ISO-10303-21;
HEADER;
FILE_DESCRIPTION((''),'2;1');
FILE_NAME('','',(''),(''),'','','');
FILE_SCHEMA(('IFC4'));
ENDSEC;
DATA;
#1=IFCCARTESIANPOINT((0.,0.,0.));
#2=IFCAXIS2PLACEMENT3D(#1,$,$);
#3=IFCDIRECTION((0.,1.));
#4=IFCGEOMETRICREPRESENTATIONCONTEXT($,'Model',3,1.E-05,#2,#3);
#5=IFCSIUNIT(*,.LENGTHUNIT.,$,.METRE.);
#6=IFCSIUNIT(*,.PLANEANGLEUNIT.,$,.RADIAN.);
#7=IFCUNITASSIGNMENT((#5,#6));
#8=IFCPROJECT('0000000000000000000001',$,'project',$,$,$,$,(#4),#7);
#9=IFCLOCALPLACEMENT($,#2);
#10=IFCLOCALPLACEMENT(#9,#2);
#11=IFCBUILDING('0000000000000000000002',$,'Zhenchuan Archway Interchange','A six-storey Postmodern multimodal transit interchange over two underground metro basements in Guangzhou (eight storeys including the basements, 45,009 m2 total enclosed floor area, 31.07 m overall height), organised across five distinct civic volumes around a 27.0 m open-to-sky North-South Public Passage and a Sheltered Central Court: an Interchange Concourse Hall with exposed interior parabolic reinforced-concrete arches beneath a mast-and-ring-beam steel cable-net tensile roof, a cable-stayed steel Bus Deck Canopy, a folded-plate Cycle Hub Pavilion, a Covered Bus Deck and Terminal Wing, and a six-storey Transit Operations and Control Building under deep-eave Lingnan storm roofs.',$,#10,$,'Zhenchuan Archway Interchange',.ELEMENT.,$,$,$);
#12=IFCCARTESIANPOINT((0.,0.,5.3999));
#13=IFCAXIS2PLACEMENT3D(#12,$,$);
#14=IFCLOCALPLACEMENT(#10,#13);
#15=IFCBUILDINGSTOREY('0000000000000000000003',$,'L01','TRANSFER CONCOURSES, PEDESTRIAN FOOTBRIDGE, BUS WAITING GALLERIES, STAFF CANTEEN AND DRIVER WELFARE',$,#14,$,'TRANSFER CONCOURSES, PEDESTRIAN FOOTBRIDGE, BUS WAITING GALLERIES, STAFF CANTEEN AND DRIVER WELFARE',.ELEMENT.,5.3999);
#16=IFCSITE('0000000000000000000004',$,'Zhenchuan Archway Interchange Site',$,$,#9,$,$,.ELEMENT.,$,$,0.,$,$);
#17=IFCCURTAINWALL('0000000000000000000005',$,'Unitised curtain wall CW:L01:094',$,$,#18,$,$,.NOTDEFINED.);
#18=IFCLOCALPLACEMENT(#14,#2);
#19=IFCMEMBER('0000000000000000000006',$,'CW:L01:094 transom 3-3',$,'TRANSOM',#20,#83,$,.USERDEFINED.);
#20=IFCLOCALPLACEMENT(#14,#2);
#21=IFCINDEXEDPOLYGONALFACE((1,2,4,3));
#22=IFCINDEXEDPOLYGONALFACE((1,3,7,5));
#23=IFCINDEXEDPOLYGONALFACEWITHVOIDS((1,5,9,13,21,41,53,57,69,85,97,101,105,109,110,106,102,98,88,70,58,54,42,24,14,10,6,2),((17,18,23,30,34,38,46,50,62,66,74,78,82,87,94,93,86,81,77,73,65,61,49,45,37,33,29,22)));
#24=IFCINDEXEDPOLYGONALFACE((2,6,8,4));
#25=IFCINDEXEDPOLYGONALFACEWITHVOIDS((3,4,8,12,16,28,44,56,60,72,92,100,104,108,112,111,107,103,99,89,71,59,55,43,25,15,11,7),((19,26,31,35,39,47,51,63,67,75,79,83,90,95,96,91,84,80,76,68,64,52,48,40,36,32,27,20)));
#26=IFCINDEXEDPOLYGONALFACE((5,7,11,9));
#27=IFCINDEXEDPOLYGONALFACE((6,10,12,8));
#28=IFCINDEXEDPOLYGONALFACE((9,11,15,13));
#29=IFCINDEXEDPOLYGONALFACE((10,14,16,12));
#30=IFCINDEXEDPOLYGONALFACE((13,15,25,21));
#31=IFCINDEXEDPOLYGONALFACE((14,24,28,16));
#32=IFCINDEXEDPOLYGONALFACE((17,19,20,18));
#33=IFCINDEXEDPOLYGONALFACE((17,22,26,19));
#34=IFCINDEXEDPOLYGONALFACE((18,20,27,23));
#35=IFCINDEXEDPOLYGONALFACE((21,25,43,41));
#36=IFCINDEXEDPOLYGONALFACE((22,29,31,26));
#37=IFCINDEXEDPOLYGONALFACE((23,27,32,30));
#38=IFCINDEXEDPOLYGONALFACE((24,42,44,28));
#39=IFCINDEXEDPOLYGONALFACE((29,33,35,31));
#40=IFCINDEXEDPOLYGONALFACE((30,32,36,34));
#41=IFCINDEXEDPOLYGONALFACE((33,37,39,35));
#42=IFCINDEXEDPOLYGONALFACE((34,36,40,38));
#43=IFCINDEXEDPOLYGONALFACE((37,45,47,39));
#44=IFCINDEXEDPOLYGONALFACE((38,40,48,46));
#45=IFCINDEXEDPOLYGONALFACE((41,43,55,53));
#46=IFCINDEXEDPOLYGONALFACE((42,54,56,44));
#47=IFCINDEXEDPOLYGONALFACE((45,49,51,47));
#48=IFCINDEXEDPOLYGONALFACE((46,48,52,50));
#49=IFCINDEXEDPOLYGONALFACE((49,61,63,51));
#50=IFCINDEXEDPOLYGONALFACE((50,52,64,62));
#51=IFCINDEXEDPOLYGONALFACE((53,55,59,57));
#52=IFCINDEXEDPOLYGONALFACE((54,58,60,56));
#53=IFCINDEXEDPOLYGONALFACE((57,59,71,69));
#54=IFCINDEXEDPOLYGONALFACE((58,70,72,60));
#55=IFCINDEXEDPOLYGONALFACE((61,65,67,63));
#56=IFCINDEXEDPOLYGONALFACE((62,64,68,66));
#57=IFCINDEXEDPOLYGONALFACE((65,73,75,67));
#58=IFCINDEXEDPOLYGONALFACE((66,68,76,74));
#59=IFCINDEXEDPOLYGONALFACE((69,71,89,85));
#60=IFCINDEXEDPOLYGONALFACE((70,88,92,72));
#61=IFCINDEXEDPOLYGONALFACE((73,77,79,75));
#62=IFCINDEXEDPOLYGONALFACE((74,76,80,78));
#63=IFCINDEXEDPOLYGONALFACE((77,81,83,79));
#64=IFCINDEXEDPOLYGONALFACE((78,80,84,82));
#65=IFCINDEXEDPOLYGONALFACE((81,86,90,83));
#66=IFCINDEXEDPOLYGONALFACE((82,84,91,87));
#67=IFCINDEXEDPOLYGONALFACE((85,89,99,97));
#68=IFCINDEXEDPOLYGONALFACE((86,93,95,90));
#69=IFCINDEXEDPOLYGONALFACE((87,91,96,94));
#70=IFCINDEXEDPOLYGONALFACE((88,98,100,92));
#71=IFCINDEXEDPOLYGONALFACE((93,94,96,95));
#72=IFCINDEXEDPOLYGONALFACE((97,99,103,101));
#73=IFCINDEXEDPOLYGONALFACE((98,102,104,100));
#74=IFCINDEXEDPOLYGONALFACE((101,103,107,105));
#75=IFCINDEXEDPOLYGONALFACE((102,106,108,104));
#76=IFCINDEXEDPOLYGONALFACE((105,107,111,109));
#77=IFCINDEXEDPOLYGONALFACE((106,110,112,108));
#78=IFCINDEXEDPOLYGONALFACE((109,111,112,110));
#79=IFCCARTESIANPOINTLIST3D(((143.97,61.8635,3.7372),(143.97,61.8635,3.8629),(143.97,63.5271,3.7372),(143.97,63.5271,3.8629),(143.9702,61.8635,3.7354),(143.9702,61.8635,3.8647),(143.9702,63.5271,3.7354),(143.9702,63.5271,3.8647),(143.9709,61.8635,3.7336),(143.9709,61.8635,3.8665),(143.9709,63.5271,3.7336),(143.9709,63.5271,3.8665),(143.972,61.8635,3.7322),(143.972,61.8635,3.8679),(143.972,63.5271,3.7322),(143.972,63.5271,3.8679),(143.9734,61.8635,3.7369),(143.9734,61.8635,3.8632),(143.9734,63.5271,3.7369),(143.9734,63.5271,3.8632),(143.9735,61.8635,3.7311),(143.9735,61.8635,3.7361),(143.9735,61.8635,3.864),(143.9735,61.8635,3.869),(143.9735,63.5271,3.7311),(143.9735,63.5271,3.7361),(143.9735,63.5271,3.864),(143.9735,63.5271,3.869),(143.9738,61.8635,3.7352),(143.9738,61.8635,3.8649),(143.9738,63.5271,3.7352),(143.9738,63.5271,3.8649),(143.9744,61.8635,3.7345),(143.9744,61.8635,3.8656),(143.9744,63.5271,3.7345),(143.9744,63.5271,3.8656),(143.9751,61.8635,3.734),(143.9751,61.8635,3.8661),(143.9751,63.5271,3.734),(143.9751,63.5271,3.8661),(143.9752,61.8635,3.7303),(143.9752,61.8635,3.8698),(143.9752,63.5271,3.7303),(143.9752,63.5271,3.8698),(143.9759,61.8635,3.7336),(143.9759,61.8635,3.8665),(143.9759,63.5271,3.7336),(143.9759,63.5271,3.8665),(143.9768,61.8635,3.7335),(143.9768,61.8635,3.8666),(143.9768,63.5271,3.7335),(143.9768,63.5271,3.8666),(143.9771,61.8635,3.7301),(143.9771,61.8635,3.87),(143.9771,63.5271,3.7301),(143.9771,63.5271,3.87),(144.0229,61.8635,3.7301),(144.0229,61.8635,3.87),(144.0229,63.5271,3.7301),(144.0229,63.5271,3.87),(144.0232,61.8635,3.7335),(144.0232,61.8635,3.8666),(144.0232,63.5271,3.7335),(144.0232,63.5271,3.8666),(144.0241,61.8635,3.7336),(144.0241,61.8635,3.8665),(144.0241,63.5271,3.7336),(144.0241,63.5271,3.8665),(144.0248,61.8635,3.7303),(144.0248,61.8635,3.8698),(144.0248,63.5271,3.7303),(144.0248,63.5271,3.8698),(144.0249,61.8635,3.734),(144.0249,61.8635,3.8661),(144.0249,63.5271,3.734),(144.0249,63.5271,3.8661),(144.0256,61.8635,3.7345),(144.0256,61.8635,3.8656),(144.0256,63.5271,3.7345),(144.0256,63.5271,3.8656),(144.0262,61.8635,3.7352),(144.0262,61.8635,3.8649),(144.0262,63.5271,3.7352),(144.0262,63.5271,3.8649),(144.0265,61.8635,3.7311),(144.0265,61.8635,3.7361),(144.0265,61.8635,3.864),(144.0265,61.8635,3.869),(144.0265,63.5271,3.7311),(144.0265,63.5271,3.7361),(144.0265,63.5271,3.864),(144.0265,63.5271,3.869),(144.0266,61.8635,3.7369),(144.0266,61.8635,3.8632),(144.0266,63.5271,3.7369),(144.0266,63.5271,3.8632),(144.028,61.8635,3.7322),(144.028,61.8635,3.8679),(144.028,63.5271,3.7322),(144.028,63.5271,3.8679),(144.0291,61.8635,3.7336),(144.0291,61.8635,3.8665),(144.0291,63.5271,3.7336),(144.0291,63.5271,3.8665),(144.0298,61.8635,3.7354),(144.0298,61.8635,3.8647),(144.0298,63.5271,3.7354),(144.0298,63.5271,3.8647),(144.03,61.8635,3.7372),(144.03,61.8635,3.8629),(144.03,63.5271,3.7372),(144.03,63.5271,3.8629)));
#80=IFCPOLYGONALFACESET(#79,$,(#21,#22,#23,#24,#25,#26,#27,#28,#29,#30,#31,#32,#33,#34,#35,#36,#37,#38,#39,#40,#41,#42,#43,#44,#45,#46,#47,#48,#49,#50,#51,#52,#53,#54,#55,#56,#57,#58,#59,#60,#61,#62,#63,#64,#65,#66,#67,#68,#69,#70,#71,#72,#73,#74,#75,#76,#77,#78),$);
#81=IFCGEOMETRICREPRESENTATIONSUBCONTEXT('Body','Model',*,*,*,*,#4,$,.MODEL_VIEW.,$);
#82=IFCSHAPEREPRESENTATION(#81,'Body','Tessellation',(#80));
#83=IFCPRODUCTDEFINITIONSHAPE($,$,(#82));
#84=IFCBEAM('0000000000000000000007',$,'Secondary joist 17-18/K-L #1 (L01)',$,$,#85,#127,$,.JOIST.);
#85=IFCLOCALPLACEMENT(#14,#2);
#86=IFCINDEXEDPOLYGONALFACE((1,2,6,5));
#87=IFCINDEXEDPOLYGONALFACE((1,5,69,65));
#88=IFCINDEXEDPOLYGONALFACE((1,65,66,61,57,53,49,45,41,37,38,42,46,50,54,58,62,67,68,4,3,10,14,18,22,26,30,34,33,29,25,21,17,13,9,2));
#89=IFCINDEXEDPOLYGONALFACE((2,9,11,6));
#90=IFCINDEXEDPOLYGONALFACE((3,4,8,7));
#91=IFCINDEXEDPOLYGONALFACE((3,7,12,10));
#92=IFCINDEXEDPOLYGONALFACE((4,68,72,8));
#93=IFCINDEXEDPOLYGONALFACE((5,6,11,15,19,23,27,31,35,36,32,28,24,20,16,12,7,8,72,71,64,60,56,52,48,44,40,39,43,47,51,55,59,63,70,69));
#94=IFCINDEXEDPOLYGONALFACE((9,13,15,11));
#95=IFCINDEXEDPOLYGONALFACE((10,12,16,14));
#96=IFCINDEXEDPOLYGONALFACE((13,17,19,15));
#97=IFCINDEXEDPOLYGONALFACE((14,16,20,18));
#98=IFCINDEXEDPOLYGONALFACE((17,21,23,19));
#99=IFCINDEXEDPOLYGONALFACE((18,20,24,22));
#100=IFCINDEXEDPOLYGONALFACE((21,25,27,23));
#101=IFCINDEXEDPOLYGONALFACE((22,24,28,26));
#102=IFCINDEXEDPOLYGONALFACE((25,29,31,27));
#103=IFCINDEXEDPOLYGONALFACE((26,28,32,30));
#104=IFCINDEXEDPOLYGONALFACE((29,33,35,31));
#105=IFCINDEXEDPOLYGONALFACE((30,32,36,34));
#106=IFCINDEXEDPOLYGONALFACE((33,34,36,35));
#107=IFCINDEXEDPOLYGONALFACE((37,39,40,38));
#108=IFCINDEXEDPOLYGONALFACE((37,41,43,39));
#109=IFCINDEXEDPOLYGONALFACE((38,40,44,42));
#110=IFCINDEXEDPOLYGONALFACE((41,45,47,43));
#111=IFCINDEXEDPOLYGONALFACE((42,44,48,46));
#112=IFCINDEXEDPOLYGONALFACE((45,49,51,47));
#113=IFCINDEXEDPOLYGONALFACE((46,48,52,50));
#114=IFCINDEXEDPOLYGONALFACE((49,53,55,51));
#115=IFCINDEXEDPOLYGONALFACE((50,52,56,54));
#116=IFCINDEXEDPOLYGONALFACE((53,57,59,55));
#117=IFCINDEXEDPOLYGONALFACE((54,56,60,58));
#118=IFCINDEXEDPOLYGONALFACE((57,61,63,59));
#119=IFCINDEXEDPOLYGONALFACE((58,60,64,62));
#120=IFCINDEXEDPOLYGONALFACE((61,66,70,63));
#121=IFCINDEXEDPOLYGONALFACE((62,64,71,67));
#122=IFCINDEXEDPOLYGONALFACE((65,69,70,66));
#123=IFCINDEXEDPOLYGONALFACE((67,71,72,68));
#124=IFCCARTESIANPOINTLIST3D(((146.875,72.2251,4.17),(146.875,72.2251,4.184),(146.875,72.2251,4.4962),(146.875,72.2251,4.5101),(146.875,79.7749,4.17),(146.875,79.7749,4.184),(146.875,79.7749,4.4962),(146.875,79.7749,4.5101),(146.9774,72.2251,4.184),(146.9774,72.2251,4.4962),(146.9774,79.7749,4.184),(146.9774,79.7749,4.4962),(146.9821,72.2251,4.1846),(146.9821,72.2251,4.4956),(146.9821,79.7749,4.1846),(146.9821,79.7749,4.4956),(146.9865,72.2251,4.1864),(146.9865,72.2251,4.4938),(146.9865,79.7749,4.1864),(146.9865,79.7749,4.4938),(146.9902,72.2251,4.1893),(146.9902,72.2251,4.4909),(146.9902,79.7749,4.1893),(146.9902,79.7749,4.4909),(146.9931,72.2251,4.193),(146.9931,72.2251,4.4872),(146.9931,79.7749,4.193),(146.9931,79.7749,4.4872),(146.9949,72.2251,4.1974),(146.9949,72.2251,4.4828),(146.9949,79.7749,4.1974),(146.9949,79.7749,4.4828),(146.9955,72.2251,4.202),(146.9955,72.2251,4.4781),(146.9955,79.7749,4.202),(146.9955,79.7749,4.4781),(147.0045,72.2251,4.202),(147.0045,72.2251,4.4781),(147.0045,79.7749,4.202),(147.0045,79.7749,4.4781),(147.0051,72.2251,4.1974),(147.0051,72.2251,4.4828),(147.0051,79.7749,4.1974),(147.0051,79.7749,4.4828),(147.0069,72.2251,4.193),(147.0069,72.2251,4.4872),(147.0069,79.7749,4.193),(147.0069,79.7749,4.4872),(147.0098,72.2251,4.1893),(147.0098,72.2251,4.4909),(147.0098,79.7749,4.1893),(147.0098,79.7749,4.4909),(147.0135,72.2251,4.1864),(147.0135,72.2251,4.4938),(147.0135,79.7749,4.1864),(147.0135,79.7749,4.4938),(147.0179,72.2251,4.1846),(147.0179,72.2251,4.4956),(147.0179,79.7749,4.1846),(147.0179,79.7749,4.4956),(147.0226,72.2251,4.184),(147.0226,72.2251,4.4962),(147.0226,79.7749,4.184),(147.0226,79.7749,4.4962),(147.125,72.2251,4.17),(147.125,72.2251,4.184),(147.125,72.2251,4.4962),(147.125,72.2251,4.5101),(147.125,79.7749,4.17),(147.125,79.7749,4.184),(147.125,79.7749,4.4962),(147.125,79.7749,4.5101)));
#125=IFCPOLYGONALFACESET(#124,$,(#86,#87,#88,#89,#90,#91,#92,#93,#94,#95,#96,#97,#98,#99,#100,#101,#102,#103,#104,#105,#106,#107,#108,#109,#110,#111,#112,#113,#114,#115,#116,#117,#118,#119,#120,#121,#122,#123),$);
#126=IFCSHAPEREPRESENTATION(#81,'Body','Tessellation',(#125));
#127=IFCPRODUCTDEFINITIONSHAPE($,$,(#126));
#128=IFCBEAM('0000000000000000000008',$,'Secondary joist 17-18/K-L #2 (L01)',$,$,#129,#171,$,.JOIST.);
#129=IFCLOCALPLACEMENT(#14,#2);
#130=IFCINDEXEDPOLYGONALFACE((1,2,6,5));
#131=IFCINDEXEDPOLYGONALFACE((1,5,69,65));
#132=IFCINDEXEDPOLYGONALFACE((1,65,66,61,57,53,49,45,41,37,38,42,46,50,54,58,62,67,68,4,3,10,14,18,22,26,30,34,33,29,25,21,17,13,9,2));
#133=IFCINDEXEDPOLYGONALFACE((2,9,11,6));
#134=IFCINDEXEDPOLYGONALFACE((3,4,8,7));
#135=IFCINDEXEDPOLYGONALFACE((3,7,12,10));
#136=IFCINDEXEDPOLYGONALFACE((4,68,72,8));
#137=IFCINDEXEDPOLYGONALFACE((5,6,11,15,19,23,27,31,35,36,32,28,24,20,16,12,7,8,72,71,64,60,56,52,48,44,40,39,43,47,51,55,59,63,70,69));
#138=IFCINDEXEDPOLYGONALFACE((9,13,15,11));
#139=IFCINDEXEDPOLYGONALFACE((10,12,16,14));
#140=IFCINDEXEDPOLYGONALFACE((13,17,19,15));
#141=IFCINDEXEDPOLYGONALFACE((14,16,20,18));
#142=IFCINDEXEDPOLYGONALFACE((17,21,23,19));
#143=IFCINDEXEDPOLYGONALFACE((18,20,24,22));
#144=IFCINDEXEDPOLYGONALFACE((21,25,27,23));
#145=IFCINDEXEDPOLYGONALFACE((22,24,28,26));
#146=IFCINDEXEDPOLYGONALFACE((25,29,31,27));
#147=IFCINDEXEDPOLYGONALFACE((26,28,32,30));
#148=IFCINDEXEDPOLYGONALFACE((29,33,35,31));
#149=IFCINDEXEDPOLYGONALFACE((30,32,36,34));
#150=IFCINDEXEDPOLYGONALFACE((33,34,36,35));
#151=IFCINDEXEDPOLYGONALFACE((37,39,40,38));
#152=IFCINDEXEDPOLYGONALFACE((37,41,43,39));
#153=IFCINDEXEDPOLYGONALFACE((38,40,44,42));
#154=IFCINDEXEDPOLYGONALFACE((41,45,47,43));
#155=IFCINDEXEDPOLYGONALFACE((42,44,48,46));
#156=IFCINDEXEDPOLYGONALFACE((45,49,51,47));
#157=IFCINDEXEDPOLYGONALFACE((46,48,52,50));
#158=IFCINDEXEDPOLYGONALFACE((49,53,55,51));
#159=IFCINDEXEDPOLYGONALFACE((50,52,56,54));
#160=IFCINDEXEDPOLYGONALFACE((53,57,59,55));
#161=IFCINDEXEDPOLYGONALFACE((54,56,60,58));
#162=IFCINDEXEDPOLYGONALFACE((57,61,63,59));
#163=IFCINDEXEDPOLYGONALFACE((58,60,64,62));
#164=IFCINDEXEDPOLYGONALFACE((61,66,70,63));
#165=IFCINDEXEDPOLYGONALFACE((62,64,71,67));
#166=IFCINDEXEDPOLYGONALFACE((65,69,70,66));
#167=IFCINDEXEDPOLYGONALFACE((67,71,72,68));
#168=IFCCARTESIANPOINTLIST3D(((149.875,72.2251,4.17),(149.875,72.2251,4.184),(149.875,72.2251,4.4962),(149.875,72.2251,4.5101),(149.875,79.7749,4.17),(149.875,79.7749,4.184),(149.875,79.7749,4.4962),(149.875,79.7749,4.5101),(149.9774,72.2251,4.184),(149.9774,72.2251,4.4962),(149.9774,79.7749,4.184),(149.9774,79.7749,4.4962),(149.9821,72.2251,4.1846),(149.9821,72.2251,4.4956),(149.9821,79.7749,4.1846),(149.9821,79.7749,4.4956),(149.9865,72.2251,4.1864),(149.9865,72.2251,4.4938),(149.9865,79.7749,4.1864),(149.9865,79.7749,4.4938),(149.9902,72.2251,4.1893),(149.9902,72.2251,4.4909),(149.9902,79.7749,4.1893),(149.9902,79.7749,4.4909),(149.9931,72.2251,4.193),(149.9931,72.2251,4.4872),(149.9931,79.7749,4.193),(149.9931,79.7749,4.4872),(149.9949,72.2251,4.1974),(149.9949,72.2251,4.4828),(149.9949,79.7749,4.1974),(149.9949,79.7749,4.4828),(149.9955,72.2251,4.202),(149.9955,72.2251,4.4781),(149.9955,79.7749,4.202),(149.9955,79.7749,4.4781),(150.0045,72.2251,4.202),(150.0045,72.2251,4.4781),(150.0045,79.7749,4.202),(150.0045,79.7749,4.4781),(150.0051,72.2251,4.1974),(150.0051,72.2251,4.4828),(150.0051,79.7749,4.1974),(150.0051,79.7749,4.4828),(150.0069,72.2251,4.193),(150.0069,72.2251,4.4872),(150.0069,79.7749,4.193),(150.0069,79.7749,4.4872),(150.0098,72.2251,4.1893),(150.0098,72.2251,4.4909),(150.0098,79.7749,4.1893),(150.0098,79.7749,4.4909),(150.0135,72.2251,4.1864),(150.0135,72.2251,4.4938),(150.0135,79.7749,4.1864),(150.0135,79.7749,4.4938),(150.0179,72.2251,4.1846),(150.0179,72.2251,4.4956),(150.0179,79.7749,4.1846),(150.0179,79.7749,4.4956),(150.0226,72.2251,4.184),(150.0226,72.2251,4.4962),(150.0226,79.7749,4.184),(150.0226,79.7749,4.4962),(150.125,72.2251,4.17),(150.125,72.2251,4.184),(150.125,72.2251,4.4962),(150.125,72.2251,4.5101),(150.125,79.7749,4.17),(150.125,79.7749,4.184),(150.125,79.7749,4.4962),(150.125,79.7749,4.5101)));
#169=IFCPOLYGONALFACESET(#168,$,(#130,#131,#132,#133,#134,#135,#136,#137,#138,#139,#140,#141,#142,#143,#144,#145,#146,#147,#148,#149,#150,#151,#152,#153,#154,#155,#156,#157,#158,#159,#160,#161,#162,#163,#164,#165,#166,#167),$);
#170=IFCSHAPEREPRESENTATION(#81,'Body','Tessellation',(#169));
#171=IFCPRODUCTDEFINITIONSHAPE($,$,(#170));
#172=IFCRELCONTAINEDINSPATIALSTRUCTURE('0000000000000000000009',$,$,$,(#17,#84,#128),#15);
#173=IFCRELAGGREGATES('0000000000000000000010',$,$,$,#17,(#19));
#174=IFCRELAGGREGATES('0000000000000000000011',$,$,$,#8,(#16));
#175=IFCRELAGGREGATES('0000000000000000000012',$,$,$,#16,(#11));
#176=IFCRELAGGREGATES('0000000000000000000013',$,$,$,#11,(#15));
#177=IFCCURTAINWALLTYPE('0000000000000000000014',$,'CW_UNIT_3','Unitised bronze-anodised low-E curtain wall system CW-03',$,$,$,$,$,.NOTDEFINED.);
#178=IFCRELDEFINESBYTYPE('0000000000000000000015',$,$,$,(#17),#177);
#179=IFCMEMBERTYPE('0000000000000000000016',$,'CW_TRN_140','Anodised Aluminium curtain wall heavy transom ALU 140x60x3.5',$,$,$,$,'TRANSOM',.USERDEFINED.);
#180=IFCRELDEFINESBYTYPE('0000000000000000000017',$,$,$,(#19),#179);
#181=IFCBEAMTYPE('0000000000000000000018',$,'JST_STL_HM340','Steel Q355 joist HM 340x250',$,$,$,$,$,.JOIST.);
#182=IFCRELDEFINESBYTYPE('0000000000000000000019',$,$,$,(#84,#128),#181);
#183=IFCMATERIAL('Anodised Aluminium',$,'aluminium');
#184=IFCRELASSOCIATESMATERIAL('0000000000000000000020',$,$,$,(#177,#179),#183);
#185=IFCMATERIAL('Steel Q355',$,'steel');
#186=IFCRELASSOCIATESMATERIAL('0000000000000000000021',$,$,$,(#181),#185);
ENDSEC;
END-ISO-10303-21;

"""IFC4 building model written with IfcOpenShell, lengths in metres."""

from ifc_helpers import new_model, si_unit, direction, frame, origin, origin_2d, place, context, subcontext, project, spatial, hollow_rectangle, i_section, extrude, material, material_profile, profile_set, type_object, element, aggregate, save


model = new_model("IFC4")

# Units and contexts
model_context = context("Model", 3, precision=1e-05, world=origin(), true_north=direction((0.0, 1.0)))
body_context = subcontext(model_context, "Body", "Model", "MODEL_VIEW")
ifc_project = project(units=[si_unit("LENGTHUNIT", "METRE"), si_unit("PLANEANGLEUNIT", "RADIAN")], contexts=[model_context])

# Site, building, storey
site_placement = place(None, origin())
site = spatial("IfcSite", under=ifc_project, at=site_placement, Name="Zhenchuan Archway Interchange Site", CompositionType="ELEMENT", RefElevation=0.0)
building_placement = place(site_placement, origin())
building = spatial("IfcBuilding", under=site, at=building_placement, Name="Zhenchuan Archway Interchange", Description="A six-storey Postmodern multimodal transit interchange over two underground metro basements in Guangzhou (eight storeys including the basements, 45,009 m2 total enclosed floor area, 31.07 m overall height), organised across five distinct civic volumes around a 27.0 m open-to-sky North-South Public Passage and a Sheltered Central Court: an Interchange Concourse Hall with exposed interior parabolic reinforced-concrete arches beneath a mast-and-ring-beam steel cable-net tensile roof, a cable-stayed steel Bus Deck Canopy, a folded-plate Cycle Hub Pavilion, a Covered Bus Deck and Terminal Wing, and a six-storey Transit Operations and Control Building under deep-eave Lingnan storm roofs.", LongName="Zhenchuan Archway Interchange", CompositionType="ELEMENT")
storey_placement = place(building_placement, frame((0.0, 0.0, 5.3999)))
storey = spatial("IfcBuildingStorey", under=building, at=storey_placement, Name="L01", Description="TRANSFER CONCOURSES, PEDESTRIAN FOOTBRIDGE, BUS WAITING GALLERIES, STAFF CANTEEN AND DRIVER WELFARE", LongName="TRANSFER CONCOURSES, PEDESTRIAN FOOTBRIDGE, BUS WAITING GALLERIES, STAFF CANTEEN AND DRIVER WELFARE", CompositionType="ELEMENT", Elevation=5.3999)

# Curtain wall, member
ifc_material_1 = material(Name="Anodised Aluminium", Category="aluminium")
curtain_wall_type = type_object("IfcCurtainWallType", Name="CW_UNIT_3", Description="Unitised bronze-anodised low-E curtain wall system CW-03", PredefinedType="NOTDEFINED", material=ifc_material_1)
curtain_wall_placement = place(storey_placement, origin())
curtain_wall = element("IfcCurtainWall", 1, at=curtain_wall_placement, inside=storey, type_object=curtain_wall_type, Name="Unitised curtain wall CW:L01:094", PredefinedType="NOTDEFINED")
ifc_material_profile_1 = material_profile(ifc_material_1, hollow_rectangle(XDim=0.0601, YDim=0.1399, WallThickness=0.0034, InnerFilletRadius=0.0034, OuterFilletRadius=0.0071, at=origin_2d()), Name="ALU 140x60x3.5")
ifc_profile_set_1 = profile_set([ifc_material_profile_1], Name="Anodised Aluminium")
member_type_1 = type_object("IfcMemberType", Name="CW_TRN_140", Description="Anodised Aluminium curtain wall heavy transom ALU 140x60x3.5", ElementType="TRANSOM", PredefinedType="USERDEFINED", material=ifc_profile_set_1)
member_1_placement = place(storey_placement, frame((144.0, 61.8635, 3.8), z_axis=(0.0, 1.0, 0.0), x_axis=(-1.0, 0.0, 0.0)))
member_1 = element("IfcMember", 2, at=member_1_placement, type_object=member_type_1, Name="CW:L01:094 transom 3-3", ObjectType="TRANSOM", PredefinedType="USERDEFINED", context=body_context, shape_type="SweptSolid", body=[
    extrude(hollow_rectangle(XDim=0.0601, YDim=0.1399, WallThickness=0.0034, InnerFilletRadius=0.0034, OuterFilletRadius=0.0071, at=origin_2d()), origin(), (0.0, 0.0, 1.0), 1.6636),
])

# Beams
ifc_material_2 = material(Name="Steel Q355", Category="steel")
ifc_material_profile_2 = material_profile(ifc_material_2, i_section(OverallWidth=0.25, OverallDepth=0.3401, WebThickness=0.009, FlangeThickness=0.0139, FilletRadius=0.0181, at=origin_2d()), Name="HM 340x250")
ifc_profile_set_2 = profile_set([ifc_material_profile_2], Name="Steel Q355")
beam_type_1 = type_object("IfcBeamType", Name="JST_STL_HM340", Description="Steel Q355 joist HM 340x250", PredefinedType="JOIST", material=ifc_profile_set_2)
for number, where, z_axis, x_axis, name in (
    (3, (147.0, 72.2251, 4.3401), (0.0, 1.0, 0.0), (-1.0, 0.0, 0.0), "Secondary joist 17-18/K-L #1 (L01)"),
    (4, (150.0, 72.2251, 4.3401), (0.0, 1.0, 0.0), (-1.0, 0.0, 0.0), "Secondary joist 17-18/K-L #2 (L01)"),
):
    element("IfcBeam", number, at=place(storey_placement, frame(where, z_axis=z_axis, x_axis=x_axis)), inside=storey, type_object=beam_type_1, Name=name, PredefinedType="JOIST", context=body_context, shape_type="SweptSolid", body=[
        extrude(i_section(OverallWidth=0.25, OverallDepth=0.3401, WebThickness=0.009, FlangeThickness=0.0139, FilletRadius=0.0181, at=origin_2d()), origin(), (0.0, 0.0, 1.0), 7.5498),
    ])

aggregate(curtain_wall, [member_1])

save(model, "model.ifc")
